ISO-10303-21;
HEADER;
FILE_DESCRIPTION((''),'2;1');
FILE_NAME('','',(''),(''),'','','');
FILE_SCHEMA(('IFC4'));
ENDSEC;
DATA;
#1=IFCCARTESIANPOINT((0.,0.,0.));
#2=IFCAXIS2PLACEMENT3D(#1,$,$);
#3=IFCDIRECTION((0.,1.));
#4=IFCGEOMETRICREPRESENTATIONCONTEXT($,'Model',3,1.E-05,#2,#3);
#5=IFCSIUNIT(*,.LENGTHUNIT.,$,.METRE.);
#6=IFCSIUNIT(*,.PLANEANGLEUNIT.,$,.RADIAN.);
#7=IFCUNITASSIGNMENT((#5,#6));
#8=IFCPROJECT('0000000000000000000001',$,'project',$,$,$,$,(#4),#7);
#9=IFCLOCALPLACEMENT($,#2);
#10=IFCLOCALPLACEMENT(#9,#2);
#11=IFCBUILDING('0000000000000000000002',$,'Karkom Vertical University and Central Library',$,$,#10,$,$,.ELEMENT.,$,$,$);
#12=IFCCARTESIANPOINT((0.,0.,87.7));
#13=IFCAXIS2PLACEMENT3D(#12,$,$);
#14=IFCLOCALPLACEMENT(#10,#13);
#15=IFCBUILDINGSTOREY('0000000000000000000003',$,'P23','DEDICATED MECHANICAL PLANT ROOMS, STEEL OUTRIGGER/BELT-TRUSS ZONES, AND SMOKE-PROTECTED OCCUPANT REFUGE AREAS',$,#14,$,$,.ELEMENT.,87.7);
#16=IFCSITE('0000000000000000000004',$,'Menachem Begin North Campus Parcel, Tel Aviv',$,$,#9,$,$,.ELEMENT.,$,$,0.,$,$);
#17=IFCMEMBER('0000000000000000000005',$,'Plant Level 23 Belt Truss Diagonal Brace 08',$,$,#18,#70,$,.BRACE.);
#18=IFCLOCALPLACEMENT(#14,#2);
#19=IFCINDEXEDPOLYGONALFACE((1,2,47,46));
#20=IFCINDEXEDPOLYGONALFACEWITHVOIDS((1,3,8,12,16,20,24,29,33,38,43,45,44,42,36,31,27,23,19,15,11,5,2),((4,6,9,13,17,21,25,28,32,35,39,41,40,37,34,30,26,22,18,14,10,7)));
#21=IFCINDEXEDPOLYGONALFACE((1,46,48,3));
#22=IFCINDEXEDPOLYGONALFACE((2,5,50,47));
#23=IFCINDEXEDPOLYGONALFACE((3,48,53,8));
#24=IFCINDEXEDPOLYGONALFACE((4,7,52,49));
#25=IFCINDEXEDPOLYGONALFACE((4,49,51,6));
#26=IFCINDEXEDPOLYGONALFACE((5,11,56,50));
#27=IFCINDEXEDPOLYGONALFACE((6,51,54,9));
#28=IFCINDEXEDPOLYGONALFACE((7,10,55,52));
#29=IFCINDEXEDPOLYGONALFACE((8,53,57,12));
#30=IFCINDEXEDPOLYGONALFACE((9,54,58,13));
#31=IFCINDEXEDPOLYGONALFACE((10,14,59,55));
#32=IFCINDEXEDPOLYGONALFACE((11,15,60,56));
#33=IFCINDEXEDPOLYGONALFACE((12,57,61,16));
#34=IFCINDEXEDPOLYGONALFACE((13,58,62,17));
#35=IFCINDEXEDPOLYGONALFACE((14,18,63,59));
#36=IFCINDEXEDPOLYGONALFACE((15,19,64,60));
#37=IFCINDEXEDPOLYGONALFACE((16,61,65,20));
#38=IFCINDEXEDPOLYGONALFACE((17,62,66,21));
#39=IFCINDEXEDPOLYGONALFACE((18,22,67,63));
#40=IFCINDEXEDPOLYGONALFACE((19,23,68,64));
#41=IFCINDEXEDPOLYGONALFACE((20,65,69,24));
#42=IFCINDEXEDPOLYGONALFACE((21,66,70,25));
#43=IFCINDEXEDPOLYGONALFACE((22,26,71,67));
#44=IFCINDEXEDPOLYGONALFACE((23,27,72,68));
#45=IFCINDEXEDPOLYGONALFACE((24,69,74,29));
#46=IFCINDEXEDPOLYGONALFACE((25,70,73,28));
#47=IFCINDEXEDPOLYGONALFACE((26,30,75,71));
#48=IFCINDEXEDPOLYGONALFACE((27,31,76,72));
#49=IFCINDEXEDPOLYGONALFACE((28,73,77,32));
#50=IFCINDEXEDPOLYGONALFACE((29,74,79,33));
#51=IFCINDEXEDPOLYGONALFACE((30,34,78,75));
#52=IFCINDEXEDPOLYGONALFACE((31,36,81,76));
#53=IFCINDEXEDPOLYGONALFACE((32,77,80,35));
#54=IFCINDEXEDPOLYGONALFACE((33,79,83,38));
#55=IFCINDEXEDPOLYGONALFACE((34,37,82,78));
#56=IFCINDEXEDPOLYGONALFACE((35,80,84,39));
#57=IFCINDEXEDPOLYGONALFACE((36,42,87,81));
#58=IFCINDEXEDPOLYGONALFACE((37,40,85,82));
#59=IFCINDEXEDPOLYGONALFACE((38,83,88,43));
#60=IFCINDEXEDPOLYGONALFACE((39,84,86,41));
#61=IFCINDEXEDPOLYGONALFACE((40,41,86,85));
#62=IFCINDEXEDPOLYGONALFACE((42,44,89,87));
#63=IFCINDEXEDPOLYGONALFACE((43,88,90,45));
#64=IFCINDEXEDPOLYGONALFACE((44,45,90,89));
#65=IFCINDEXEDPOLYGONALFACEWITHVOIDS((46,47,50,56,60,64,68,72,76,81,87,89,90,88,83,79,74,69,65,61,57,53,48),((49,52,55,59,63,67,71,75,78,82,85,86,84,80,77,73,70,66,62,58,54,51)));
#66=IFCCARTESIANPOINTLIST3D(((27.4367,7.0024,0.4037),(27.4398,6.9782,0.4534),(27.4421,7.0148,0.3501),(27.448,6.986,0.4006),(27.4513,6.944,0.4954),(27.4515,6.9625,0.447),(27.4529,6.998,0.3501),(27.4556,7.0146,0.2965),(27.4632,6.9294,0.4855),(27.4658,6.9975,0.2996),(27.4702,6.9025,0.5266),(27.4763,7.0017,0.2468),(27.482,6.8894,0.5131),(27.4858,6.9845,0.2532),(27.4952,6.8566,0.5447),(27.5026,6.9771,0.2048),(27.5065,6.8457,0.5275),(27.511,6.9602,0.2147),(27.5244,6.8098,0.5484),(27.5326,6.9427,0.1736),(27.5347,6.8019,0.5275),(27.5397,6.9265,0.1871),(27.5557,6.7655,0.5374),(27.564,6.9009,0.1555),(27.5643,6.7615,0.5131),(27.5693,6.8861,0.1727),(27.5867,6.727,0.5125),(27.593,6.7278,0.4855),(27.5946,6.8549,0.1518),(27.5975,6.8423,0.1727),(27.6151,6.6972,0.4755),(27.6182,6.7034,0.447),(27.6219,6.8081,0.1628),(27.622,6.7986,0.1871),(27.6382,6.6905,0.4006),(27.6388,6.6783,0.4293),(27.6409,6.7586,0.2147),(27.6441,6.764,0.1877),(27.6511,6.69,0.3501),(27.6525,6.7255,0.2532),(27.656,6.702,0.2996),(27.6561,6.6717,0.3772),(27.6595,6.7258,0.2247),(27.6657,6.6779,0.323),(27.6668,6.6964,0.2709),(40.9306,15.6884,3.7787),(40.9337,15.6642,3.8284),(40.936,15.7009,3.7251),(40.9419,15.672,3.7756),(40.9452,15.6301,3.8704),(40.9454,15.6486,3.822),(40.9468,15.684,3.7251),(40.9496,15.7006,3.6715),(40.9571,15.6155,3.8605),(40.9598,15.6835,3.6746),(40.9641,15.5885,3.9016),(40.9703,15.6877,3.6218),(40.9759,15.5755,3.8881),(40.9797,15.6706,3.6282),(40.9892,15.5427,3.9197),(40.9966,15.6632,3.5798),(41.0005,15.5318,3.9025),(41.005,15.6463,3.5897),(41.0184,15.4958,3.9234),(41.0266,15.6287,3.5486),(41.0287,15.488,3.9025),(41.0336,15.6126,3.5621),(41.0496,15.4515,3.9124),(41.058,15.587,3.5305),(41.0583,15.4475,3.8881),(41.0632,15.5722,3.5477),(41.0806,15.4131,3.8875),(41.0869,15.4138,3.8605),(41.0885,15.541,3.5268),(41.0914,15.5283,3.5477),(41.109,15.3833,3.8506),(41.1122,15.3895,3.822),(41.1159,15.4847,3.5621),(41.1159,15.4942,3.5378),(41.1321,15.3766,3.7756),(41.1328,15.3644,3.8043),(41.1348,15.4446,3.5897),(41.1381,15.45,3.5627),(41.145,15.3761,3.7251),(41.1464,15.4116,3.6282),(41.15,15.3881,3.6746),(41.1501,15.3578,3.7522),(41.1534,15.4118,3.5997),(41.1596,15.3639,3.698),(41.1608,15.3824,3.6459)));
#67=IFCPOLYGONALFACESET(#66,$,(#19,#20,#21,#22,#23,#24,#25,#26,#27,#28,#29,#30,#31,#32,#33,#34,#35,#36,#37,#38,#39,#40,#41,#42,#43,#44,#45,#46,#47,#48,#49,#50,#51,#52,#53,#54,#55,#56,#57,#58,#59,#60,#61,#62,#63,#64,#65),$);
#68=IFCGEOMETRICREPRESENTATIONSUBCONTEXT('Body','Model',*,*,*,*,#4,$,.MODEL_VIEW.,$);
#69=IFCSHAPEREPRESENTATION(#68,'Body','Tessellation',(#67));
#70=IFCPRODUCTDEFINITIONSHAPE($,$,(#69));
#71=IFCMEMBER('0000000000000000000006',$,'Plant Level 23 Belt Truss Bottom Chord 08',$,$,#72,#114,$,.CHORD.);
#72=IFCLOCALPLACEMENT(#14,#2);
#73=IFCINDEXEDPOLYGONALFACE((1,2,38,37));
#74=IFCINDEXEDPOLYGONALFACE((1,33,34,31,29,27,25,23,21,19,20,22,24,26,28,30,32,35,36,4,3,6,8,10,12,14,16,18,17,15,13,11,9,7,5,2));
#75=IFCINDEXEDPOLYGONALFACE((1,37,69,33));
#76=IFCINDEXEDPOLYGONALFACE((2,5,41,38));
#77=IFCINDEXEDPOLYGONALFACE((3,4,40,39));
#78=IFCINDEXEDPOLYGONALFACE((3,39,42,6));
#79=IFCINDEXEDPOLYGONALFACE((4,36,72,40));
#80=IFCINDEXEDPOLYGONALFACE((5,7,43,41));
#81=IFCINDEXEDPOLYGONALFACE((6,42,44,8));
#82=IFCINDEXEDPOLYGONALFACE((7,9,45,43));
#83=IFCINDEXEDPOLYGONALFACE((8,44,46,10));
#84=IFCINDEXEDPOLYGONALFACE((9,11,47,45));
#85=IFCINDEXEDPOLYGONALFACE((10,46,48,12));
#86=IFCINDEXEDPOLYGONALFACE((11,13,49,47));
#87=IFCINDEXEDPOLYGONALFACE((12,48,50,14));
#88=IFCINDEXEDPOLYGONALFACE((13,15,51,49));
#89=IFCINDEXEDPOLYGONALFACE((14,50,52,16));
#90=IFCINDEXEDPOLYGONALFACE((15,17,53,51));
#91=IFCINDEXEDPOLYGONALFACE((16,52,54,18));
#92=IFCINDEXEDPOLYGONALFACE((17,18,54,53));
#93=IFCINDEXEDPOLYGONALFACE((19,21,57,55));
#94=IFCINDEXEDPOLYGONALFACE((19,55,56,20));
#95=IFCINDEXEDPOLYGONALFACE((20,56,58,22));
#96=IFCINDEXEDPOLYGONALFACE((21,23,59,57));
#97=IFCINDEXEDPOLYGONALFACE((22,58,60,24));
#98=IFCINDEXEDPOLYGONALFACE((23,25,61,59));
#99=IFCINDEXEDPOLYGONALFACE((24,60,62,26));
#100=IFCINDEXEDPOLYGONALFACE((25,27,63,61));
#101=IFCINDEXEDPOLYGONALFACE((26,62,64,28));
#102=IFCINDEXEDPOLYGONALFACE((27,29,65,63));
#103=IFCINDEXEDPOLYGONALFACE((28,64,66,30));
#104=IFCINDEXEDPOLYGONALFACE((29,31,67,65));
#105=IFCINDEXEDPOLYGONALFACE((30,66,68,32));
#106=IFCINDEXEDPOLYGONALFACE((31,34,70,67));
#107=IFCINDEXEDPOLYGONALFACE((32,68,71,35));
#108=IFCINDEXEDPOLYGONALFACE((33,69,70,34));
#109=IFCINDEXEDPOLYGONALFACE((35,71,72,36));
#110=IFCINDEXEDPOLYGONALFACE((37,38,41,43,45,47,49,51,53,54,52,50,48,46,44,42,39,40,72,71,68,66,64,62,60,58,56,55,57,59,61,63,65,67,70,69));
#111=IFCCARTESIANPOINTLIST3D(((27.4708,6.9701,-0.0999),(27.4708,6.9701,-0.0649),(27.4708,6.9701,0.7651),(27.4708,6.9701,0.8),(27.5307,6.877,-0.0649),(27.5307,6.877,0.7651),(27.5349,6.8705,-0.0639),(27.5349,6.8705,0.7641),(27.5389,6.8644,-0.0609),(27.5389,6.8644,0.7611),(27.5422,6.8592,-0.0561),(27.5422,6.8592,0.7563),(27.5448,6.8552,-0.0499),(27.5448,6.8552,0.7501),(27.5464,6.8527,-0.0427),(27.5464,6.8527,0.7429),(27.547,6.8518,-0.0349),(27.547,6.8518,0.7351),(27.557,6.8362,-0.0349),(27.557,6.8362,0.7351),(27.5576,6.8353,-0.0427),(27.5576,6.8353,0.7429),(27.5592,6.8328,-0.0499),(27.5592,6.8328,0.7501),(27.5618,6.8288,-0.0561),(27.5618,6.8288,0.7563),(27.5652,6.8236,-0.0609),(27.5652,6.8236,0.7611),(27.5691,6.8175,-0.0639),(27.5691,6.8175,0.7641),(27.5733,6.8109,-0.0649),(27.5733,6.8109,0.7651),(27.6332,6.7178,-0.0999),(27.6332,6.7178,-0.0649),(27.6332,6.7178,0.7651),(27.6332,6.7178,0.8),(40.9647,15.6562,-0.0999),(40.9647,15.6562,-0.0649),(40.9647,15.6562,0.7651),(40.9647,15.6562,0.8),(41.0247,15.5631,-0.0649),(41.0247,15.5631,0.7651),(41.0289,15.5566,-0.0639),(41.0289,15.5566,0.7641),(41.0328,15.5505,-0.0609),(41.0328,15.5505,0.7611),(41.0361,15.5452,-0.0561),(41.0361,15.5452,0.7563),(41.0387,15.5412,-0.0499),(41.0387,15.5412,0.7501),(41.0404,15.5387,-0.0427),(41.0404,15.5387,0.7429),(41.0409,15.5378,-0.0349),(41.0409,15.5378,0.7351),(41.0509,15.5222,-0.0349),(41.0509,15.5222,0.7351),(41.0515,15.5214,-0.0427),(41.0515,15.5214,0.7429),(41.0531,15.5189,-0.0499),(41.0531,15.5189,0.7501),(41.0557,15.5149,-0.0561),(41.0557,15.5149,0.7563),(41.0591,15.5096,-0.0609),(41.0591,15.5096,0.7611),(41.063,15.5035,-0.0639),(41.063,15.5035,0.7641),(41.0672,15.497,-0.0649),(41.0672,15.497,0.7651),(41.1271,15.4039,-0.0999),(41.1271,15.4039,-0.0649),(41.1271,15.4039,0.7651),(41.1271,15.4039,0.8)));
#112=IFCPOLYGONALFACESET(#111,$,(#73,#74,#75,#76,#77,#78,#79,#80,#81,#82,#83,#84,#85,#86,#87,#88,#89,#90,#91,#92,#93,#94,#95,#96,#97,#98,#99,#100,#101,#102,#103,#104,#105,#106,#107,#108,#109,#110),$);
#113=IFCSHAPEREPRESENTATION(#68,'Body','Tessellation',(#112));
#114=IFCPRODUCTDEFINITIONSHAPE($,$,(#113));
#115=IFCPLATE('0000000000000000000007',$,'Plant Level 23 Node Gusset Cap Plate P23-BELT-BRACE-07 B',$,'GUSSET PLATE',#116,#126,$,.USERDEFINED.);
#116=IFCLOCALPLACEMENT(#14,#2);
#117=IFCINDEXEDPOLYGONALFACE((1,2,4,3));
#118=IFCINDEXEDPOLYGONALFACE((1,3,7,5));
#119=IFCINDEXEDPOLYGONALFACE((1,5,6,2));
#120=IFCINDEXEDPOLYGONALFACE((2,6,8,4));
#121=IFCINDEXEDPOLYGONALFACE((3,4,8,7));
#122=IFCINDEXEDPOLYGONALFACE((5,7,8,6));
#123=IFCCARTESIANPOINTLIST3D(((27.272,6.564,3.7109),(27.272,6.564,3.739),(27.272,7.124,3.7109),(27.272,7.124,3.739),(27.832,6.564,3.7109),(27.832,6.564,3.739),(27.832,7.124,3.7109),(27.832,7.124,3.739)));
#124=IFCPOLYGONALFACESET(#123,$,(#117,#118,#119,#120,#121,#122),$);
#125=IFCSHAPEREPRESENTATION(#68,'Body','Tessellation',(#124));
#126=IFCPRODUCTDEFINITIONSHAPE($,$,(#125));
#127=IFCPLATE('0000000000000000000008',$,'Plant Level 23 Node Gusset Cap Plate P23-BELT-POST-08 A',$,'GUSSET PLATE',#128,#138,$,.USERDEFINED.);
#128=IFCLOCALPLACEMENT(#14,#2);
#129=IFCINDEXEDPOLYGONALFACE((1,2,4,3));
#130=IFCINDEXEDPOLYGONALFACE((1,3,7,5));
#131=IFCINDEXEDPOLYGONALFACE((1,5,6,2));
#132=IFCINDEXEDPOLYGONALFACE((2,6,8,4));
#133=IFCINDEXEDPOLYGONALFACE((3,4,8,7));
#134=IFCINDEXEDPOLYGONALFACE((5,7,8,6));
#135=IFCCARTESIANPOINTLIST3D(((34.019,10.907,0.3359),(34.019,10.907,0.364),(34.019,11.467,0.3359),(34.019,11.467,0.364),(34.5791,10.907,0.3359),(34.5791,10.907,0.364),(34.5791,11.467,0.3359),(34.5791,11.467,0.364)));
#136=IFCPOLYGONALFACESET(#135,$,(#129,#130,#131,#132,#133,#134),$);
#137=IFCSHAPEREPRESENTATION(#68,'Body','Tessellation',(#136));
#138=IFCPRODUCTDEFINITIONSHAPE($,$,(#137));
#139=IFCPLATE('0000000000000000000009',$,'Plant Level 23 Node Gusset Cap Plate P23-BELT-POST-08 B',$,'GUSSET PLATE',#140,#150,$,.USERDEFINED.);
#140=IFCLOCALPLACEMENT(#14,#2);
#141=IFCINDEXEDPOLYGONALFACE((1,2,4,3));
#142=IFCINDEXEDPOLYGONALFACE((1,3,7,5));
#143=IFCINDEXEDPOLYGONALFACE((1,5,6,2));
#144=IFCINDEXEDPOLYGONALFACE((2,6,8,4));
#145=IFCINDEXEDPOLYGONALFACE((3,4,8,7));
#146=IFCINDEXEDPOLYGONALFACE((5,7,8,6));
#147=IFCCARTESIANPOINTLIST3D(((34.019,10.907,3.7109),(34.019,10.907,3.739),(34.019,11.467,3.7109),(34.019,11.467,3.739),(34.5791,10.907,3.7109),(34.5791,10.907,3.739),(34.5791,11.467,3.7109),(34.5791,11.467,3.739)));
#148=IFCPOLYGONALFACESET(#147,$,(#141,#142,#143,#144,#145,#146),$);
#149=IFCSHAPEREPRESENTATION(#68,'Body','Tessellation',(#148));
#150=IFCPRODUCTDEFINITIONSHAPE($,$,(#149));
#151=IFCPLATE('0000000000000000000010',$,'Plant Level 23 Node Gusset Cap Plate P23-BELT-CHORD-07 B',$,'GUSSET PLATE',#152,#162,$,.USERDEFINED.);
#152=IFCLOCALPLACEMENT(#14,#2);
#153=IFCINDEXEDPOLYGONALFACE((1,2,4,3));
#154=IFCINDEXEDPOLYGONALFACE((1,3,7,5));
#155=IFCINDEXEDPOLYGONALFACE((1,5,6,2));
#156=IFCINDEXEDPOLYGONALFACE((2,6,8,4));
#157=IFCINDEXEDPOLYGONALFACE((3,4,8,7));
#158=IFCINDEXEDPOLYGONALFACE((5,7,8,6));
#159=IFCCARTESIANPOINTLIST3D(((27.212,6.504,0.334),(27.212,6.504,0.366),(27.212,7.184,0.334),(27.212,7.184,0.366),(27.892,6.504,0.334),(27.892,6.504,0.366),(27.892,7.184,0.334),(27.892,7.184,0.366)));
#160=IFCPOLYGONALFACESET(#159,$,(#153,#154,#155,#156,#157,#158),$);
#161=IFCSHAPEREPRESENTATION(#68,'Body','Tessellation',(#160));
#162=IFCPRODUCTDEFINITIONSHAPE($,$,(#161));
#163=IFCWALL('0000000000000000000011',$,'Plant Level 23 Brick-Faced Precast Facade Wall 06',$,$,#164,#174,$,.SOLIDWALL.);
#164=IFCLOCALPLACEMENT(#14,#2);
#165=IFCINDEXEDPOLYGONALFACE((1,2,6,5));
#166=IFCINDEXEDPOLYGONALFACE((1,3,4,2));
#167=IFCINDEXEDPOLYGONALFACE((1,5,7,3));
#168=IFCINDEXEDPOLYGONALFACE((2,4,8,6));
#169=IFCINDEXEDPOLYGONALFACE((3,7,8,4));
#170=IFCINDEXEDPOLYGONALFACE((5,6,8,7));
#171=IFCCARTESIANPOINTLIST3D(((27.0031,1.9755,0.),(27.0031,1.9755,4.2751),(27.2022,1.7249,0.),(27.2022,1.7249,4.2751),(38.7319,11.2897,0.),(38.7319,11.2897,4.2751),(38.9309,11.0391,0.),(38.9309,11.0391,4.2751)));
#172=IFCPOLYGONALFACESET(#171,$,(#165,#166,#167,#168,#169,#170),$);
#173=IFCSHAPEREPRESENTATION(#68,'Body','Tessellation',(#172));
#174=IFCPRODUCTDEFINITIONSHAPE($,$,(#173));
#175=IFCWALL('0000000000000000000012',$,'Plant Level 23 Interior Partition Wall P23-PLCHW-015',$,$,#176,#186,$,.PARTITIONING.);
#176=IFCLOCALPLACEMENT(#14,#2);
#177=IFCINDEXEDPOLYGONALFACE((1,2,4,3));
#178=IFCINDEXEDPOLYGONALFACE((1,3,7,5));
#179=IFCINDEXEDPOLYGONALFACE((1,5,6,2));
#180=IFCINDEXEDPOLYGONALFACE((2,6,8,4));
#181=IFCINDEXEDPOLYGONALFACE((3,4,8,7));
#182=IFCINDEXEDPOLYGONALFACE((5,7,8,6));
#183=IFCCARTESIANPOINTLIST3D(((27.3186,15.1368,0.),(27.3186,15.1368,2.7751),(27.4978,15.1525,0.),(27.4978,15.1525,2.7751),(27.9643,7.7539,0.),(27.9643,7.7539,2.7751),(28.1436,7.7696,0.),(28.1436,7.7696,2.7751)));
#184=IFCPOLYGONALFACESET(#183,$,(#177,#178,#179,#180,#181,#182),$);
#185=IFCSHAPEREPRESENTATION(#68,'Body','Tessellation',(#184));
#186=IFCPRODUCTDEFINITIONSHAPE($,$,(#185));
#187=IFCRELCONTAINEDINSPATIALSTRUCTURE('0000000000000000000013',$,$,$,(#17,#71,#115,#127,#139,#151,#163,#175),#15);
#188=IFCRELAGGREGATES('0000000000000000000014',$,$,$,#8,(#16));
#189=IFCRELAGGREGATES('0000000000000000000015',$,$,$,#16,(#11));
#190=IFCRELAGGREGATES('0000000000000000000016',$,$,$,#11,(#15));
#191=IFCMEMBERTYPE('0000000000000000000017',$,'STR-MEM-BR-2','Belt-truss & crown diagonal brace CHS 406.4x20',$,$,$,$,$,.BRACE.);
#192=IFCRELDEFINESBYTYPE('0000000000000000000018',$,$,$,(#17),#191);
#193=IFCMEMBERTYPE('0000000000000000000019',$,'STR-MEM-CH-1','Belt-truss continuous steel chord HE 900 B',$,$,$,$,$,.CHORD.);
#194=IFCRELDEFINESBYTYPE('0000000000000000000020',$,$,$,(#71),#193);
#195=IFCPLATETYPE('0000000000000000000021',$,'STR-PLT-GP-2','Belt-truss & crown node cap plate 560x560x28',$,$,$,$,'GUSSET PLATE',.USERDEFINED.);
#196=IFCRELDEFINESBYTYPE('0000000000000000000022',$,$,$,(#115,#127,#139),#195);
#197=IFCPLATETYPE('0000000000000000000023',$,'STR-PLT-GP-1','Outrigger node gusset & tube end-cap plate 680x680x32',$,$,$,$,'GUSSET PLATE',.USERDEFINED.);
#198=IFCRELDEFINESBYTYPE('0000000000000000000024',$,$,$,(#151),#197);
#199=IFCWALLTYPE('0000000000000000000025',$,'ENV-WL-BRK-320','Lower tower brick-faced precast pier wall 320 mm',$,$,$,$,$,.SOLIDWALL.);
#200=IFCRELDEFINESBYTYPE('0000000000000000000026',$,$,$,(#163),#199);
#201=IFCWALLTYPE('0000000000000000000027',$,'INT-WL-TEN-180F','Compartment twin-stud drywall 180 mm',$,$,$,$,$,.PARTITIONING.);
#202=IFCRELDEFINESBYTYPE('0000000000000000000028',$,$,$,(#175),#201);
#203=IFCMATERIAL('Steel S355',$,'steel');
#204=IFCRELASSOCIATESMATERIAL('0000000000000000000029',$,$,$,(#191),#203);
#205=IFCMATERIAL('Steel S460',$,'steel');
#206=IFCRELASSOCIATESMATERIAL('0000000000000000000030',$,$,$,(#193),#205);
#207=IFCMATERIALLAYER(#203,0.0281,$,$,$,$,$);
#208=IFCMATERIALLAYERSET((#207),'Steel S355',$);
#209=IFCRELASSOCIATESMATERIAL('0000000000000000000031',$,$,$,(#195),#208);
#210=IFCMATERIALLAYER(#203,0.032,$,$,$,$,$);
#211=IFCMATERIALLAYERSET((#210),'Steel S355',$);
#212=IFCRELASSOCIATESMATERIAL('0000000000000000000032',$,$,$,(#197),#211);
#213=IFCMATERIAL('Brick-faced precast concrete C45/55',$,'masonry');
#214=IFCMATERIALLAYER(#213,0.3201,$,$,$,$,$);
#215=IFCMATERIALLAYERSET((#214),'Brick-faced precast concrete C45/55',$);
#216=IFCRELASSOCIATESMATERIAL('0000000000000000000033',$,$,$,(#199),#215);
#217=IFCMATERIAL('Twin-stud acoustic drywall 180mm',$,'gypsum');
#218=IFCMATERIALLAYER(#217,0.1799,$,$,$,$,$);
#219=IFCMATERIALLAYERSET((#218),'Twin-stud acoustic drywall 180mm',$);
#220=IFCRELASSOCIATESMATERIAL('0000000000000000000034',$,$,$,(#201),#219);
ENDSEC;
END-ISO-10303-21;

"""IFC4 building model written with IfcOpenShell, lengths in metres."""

from ifc_helpers import new_model, si_unit, direction, frame, frame_2d, origin, origin_with_axes, origin_2d, place, context, subcontext, project, spatial, rectangle, hollow_circle, i_section, extrude, source, transform, mapped, material, layer, layer_set, material_profile, profile_set, type_object, element, save


model = new_model("IFC4")

# Units and contexts
model_context = context("Model", 3, precision=1e-05, world=origin(), true_north=direction((0.0, 1.0)))
body_context = subcontext(model_context, "Body", "Model", "MODEL_VIEW")
ifc_project = project(units=[si_unit("LENGTHUNIT", "METRE"), si_unit("PLANEANGLEUNIT", "RADIAN")], contexts=[model_context])

# Site, building, storey
site_placement = place(None, origin())
site = spatial("IfcSite", under=ifc_project, at=site_placement, Name="Menachem Begin North Campus Parcel, Tel Aviv", CompositionType="ELEMENT", RefElevation=0.0)
building_placement = place(site_placement, origin())
building = spatial("IfcBuilding", under=site, at=building_placement, Name="Karkom Vertical University and Central Library", CompositionType="ELEMENT")
storey_placement = place(building_placement, frame((0.0, 0.0, 87.7)))
storey = spatial("IfcBuildingStorey", under=building, at=storey_placement, Name="P23", Description="DEDICATED MECHANICAL PLANT ROOMS, STEEL OUTRIGGER/BELT-TRUSS ZONES, AND SMOKE-PROTECTED OCCUPANT REFUGE AREAS", CompositionType="ELEMENT", Elevation=87.7)

# Shared definitions
ifc_material_1 = material(Name="Steel S355", Category="steel")
ifc_material_2 = material(Name="Steel S460", Category="steel")

# Members
ifc_material_profile_1 = material_profile(ifc_material_1, hollow_circle(Radius=0.2031, WallThickness=0.02, at=origin_2d()), Name="CHS 406.4x20")
ifc_profile_set_1 = profile_set([ifc_material_profile_1], Name="Steel S355")
member_type_1 = type_object("IfcMemberType", Name="STR-MEM-BR-2", Description="Belt-truss & crown diagonal brace CHS 406.4x20", PredefinedType="BRACE", material=ifc_profile_set_1)
shared_shape_1 = source(origin_with_axes(), body_context, "Body", "SweptSolid", [
    extrude(hollow_circle(Radius=0.2031, WallThickness=0.02, at=origin_2d()), origin(), (0.0, 0.0, 1.0), 16.3989),
])
member_1_placement = place(storey_placement, frame((27.552, 6.844, 0.3501), z_axis=(0.822855, 0.529673, 0.205807), x_axis=(-0.54126, 0.840856, 0.0)))
element("IfcMember", 1, at=member_1_placement, inside=storey, type_object=member_type_1, Name="Plant Level 23 Belt Truss Diagonal Brace 08", PredefinedType="BRACE", context=body_context, shape_type="MappedRepresentation", body=[
    mapped(shared_shape_1, transform((0.0, 0.0, 0.0), scale=1.0)),
])
ifc_material_profile_2 = material_profile(ifc_material_2, i_section(OverallWidth=0.3, OverallDepth=0.8999, WebThickness=0.0186, FlangeThickness=0.0349, FilletRadius=0.03, at=origin_2d()), Name="HE 900 B")
ifc_profile_set_2 = profile_set([ifc_material_profile_2], Name="Steel S460")
member_type_2 = type_object("IfcMemberType", Name="STR-MEM-CH-1", Description="Belt-truss continuous steel chord HE 900 B", PredefinedType="CHORD", material=ifc_profile_set_2)
shared_shape_2 = source(origin_with_axes(), body_context, "Body", "SweptSolid", [
    extrude(i_section(OverallWidth=0.3, OverallDepth=0.8999, WebThickness=0.0186, FlangeThickness=0.0349, FilletRadius=0.03, at=origin_2d()), origin(), (0.0, 0.0, 1.0), 16.0479),
])
member_2_placement = place(storey_placement, frame((27.552, 6.844, 0.3501), z_axis=(0.840856, 0.54126, 0.0), x_axis=(-0.54126, 0.840856, 0.0)))
element("IfcMember", 2, at=member_2_placement, inside=storey, type_object=member_type_2, Name="Plant Level 23 Belt Truss Bottom Chord 08", PredefinedType="CHORD", context=body_context, shape_type="MappedRepresentation", body=[
    mapped(shared_shape_2, transform((0.0, 0.0, 0.0), scale=1.0)),
])

# Plates
ifc_layer_1 = layer(ifc_material_1, 0.0281)
ifc_layer_set_1 = layer_set([ifc_layer_1], Name="Steel S355")
plate_type_1 = type_object("IfcPlateType", Name="STR-PLT-GP-2", Description="Belt-truss & crown node cap plate 560x560x28", ElementType="GUSSET PLATE", PredefinedType="USERDEFINED", material=ifc_layer_set_1)
shared_shape_3 = source(origin_with_axes(), body_context, "Body", "SweptSolid", [
    extrude(rectangle(XDim=0.5601, YDim=0.5601, at=origin_2d()), origin(), (0.0, 0.0, 1.0), 0.0281),
])
for number, where, z_axis, x_axis, name in (
    (3, (27.552, 6.844, 3.7109), (0.0, 0.0, 1.0), (1.0, 0.0, 0.0), "Plant Level 23 Node Gusset Cap Plate P23-BELT-BRACE-07 B"),
    (4, (34.2991, 11.187, 0.3359), (0.0, 0.0, 1.0), (1.0, 0.0, 0.0), "Plant Level 23 Node Gusset Cap Plate P23-BELT-POST-08 A"),
    (5, (34.2991, 11.187, 3.7109), (0.0, 0.0, 1.0), (1.0, 0.0, 0.0), "Plant Level 23 Node Gusset Cap Plate P23-BELT-POST-08 B"),
):
    element("IfcPlate", number, at=place(storey_placement, frame(where, z_axis=z_axis, x_axis=x_axis)), inside=storey, type_object=plate_type_1, Name=name, ObjectType="GUSSET PLATE", PredefinedType="USERDEFINED", context=body_context, shape_type="MappedRepresentation", body=[
        mapped(shared_shape_3, transform((0.0, 0.0, 0.0), scale=1.0)),
    ])
ifc_layer_2 = layer(ifc_material_1, 0.032)
ifc_layer_set_2 = layer_set([ifc_layer_2], Name="Steel S355")
plate_type_2 = type_object("IfcPlateType", Name="STR-PLT-GP-1", Description="Outrigger node gusset & tube end-cap plate 680x680x32", ElementType="GUSSET PLATE", PredefinedType="USERDEFINED", material=ifc_layer_set_2)
shared_shape_4 = source(origin_with_axes(), body_context, "Body", "SweptSolid", [
    extrude(rectangle(XDim=0.6799, YDim=0.6799, at=origin_2d()), origin(), (0.0, 0.0, 1.0), 0.032),
])
plate_placement = place(storey_placement, frame((27.552, 6.844, 0.334), z_axis=(0.0, 0.0, 1.0), x_axis=(1.0, 0.0, 0.0)))
element("IfcPlate", 6, at=plate_placement, inside=storey, type_object=plate_type_2, Name="Plant Level 23 Node Gusset Cap Plate P23-BELT-CHORD-07 B", ObjectType="GUSSET PLATE", PredefinedType="USERDEFINED", context=body_context, shape_type="MappedRepresentation", body=[
    mapped(shared_shape_4, transform((0.0, 0.0, 0.0), scale=1.0)),
])

# Walls
ifc_material_3 = material(Name="Brick-faced precast concrete C45/55", Category="masonry")
ifc_layer_3 = layer(ifc_material_3, 0.3201)
ifc_layer_set_3 = layer_set([ifc_layer_3], Name="Brick-faced precast concrete C45/55")
wall_type_1 = type_object("IfcWallType", Name="ENV-WL-BRK-320", Description="Lower tower brick-faced precast pier wall 320 mm", PredefinedType="SOLIDWALL", material=ifc_layer_set_3)
wall_1_placement = place(storey_placement, frame((27.1025, 1.8501, 0.0), z_axis=(0.0, 0.0, 1.0), x_axis=(0.783105, 0.62189, 0.0)))
element("IfcWall", 7, at=wall_1_placement, inside=storey, type_object=wall_type_1, Name="Plant Level 23 Brick-Faced Precast Facade Wall 06", PredefinedType="SOLIDWALL", context=body_context, shape_type="SweptSolid", body=[
    extrude(rectangle(XDim=14.9773, YDim=0.3201, at=frame_2d((7.4888, 0.0))), origin(), (0.0, 0.0, 1.0), 4.2751),
])
ifc_material_4 = material(Name="Twin-stud acoustic drywall 180mm", Category="gypsum")
ifc_layer_4 = layer(ifc_material_4, 0.1799)
ifc_layer_set_4 = layer_set([ifc_layer_4], Name="Twin-stud acoustic drywall 180mm")
wall_type_2 = type_object("IfcWallType", Name="INT-WL-TEN-180F", Description="Compartment twin-stud drywall 180 mm", PredefinedType="PARTITIONING", material=ifc_layer_set_4)
wall_2_placement = place(storey_placement, frame((28.054, 7.7617, 0.0), z_axis=(0.0, 0.0, 1.0), x_axis=(-0.087131, 0.996197, 0.0)))
element("IfcWall", 8, at=wall_2_placement, inside=storey, type_object=wall_type_2, Name="Plant Level 23 Interior Partition Wall P23-PLCHW-015", PredefinedType="PARTITIONING", context=body_context, shape_type="SweptSolid", body=[
    extrude(rectangle(XDim=7.4111, YDim=0.1799, at=frame_2d((3.7056, 0.0))), origin(), (0.0, 0.0, 1.0), 2.7751),
])

save(model, "model.ifc")
